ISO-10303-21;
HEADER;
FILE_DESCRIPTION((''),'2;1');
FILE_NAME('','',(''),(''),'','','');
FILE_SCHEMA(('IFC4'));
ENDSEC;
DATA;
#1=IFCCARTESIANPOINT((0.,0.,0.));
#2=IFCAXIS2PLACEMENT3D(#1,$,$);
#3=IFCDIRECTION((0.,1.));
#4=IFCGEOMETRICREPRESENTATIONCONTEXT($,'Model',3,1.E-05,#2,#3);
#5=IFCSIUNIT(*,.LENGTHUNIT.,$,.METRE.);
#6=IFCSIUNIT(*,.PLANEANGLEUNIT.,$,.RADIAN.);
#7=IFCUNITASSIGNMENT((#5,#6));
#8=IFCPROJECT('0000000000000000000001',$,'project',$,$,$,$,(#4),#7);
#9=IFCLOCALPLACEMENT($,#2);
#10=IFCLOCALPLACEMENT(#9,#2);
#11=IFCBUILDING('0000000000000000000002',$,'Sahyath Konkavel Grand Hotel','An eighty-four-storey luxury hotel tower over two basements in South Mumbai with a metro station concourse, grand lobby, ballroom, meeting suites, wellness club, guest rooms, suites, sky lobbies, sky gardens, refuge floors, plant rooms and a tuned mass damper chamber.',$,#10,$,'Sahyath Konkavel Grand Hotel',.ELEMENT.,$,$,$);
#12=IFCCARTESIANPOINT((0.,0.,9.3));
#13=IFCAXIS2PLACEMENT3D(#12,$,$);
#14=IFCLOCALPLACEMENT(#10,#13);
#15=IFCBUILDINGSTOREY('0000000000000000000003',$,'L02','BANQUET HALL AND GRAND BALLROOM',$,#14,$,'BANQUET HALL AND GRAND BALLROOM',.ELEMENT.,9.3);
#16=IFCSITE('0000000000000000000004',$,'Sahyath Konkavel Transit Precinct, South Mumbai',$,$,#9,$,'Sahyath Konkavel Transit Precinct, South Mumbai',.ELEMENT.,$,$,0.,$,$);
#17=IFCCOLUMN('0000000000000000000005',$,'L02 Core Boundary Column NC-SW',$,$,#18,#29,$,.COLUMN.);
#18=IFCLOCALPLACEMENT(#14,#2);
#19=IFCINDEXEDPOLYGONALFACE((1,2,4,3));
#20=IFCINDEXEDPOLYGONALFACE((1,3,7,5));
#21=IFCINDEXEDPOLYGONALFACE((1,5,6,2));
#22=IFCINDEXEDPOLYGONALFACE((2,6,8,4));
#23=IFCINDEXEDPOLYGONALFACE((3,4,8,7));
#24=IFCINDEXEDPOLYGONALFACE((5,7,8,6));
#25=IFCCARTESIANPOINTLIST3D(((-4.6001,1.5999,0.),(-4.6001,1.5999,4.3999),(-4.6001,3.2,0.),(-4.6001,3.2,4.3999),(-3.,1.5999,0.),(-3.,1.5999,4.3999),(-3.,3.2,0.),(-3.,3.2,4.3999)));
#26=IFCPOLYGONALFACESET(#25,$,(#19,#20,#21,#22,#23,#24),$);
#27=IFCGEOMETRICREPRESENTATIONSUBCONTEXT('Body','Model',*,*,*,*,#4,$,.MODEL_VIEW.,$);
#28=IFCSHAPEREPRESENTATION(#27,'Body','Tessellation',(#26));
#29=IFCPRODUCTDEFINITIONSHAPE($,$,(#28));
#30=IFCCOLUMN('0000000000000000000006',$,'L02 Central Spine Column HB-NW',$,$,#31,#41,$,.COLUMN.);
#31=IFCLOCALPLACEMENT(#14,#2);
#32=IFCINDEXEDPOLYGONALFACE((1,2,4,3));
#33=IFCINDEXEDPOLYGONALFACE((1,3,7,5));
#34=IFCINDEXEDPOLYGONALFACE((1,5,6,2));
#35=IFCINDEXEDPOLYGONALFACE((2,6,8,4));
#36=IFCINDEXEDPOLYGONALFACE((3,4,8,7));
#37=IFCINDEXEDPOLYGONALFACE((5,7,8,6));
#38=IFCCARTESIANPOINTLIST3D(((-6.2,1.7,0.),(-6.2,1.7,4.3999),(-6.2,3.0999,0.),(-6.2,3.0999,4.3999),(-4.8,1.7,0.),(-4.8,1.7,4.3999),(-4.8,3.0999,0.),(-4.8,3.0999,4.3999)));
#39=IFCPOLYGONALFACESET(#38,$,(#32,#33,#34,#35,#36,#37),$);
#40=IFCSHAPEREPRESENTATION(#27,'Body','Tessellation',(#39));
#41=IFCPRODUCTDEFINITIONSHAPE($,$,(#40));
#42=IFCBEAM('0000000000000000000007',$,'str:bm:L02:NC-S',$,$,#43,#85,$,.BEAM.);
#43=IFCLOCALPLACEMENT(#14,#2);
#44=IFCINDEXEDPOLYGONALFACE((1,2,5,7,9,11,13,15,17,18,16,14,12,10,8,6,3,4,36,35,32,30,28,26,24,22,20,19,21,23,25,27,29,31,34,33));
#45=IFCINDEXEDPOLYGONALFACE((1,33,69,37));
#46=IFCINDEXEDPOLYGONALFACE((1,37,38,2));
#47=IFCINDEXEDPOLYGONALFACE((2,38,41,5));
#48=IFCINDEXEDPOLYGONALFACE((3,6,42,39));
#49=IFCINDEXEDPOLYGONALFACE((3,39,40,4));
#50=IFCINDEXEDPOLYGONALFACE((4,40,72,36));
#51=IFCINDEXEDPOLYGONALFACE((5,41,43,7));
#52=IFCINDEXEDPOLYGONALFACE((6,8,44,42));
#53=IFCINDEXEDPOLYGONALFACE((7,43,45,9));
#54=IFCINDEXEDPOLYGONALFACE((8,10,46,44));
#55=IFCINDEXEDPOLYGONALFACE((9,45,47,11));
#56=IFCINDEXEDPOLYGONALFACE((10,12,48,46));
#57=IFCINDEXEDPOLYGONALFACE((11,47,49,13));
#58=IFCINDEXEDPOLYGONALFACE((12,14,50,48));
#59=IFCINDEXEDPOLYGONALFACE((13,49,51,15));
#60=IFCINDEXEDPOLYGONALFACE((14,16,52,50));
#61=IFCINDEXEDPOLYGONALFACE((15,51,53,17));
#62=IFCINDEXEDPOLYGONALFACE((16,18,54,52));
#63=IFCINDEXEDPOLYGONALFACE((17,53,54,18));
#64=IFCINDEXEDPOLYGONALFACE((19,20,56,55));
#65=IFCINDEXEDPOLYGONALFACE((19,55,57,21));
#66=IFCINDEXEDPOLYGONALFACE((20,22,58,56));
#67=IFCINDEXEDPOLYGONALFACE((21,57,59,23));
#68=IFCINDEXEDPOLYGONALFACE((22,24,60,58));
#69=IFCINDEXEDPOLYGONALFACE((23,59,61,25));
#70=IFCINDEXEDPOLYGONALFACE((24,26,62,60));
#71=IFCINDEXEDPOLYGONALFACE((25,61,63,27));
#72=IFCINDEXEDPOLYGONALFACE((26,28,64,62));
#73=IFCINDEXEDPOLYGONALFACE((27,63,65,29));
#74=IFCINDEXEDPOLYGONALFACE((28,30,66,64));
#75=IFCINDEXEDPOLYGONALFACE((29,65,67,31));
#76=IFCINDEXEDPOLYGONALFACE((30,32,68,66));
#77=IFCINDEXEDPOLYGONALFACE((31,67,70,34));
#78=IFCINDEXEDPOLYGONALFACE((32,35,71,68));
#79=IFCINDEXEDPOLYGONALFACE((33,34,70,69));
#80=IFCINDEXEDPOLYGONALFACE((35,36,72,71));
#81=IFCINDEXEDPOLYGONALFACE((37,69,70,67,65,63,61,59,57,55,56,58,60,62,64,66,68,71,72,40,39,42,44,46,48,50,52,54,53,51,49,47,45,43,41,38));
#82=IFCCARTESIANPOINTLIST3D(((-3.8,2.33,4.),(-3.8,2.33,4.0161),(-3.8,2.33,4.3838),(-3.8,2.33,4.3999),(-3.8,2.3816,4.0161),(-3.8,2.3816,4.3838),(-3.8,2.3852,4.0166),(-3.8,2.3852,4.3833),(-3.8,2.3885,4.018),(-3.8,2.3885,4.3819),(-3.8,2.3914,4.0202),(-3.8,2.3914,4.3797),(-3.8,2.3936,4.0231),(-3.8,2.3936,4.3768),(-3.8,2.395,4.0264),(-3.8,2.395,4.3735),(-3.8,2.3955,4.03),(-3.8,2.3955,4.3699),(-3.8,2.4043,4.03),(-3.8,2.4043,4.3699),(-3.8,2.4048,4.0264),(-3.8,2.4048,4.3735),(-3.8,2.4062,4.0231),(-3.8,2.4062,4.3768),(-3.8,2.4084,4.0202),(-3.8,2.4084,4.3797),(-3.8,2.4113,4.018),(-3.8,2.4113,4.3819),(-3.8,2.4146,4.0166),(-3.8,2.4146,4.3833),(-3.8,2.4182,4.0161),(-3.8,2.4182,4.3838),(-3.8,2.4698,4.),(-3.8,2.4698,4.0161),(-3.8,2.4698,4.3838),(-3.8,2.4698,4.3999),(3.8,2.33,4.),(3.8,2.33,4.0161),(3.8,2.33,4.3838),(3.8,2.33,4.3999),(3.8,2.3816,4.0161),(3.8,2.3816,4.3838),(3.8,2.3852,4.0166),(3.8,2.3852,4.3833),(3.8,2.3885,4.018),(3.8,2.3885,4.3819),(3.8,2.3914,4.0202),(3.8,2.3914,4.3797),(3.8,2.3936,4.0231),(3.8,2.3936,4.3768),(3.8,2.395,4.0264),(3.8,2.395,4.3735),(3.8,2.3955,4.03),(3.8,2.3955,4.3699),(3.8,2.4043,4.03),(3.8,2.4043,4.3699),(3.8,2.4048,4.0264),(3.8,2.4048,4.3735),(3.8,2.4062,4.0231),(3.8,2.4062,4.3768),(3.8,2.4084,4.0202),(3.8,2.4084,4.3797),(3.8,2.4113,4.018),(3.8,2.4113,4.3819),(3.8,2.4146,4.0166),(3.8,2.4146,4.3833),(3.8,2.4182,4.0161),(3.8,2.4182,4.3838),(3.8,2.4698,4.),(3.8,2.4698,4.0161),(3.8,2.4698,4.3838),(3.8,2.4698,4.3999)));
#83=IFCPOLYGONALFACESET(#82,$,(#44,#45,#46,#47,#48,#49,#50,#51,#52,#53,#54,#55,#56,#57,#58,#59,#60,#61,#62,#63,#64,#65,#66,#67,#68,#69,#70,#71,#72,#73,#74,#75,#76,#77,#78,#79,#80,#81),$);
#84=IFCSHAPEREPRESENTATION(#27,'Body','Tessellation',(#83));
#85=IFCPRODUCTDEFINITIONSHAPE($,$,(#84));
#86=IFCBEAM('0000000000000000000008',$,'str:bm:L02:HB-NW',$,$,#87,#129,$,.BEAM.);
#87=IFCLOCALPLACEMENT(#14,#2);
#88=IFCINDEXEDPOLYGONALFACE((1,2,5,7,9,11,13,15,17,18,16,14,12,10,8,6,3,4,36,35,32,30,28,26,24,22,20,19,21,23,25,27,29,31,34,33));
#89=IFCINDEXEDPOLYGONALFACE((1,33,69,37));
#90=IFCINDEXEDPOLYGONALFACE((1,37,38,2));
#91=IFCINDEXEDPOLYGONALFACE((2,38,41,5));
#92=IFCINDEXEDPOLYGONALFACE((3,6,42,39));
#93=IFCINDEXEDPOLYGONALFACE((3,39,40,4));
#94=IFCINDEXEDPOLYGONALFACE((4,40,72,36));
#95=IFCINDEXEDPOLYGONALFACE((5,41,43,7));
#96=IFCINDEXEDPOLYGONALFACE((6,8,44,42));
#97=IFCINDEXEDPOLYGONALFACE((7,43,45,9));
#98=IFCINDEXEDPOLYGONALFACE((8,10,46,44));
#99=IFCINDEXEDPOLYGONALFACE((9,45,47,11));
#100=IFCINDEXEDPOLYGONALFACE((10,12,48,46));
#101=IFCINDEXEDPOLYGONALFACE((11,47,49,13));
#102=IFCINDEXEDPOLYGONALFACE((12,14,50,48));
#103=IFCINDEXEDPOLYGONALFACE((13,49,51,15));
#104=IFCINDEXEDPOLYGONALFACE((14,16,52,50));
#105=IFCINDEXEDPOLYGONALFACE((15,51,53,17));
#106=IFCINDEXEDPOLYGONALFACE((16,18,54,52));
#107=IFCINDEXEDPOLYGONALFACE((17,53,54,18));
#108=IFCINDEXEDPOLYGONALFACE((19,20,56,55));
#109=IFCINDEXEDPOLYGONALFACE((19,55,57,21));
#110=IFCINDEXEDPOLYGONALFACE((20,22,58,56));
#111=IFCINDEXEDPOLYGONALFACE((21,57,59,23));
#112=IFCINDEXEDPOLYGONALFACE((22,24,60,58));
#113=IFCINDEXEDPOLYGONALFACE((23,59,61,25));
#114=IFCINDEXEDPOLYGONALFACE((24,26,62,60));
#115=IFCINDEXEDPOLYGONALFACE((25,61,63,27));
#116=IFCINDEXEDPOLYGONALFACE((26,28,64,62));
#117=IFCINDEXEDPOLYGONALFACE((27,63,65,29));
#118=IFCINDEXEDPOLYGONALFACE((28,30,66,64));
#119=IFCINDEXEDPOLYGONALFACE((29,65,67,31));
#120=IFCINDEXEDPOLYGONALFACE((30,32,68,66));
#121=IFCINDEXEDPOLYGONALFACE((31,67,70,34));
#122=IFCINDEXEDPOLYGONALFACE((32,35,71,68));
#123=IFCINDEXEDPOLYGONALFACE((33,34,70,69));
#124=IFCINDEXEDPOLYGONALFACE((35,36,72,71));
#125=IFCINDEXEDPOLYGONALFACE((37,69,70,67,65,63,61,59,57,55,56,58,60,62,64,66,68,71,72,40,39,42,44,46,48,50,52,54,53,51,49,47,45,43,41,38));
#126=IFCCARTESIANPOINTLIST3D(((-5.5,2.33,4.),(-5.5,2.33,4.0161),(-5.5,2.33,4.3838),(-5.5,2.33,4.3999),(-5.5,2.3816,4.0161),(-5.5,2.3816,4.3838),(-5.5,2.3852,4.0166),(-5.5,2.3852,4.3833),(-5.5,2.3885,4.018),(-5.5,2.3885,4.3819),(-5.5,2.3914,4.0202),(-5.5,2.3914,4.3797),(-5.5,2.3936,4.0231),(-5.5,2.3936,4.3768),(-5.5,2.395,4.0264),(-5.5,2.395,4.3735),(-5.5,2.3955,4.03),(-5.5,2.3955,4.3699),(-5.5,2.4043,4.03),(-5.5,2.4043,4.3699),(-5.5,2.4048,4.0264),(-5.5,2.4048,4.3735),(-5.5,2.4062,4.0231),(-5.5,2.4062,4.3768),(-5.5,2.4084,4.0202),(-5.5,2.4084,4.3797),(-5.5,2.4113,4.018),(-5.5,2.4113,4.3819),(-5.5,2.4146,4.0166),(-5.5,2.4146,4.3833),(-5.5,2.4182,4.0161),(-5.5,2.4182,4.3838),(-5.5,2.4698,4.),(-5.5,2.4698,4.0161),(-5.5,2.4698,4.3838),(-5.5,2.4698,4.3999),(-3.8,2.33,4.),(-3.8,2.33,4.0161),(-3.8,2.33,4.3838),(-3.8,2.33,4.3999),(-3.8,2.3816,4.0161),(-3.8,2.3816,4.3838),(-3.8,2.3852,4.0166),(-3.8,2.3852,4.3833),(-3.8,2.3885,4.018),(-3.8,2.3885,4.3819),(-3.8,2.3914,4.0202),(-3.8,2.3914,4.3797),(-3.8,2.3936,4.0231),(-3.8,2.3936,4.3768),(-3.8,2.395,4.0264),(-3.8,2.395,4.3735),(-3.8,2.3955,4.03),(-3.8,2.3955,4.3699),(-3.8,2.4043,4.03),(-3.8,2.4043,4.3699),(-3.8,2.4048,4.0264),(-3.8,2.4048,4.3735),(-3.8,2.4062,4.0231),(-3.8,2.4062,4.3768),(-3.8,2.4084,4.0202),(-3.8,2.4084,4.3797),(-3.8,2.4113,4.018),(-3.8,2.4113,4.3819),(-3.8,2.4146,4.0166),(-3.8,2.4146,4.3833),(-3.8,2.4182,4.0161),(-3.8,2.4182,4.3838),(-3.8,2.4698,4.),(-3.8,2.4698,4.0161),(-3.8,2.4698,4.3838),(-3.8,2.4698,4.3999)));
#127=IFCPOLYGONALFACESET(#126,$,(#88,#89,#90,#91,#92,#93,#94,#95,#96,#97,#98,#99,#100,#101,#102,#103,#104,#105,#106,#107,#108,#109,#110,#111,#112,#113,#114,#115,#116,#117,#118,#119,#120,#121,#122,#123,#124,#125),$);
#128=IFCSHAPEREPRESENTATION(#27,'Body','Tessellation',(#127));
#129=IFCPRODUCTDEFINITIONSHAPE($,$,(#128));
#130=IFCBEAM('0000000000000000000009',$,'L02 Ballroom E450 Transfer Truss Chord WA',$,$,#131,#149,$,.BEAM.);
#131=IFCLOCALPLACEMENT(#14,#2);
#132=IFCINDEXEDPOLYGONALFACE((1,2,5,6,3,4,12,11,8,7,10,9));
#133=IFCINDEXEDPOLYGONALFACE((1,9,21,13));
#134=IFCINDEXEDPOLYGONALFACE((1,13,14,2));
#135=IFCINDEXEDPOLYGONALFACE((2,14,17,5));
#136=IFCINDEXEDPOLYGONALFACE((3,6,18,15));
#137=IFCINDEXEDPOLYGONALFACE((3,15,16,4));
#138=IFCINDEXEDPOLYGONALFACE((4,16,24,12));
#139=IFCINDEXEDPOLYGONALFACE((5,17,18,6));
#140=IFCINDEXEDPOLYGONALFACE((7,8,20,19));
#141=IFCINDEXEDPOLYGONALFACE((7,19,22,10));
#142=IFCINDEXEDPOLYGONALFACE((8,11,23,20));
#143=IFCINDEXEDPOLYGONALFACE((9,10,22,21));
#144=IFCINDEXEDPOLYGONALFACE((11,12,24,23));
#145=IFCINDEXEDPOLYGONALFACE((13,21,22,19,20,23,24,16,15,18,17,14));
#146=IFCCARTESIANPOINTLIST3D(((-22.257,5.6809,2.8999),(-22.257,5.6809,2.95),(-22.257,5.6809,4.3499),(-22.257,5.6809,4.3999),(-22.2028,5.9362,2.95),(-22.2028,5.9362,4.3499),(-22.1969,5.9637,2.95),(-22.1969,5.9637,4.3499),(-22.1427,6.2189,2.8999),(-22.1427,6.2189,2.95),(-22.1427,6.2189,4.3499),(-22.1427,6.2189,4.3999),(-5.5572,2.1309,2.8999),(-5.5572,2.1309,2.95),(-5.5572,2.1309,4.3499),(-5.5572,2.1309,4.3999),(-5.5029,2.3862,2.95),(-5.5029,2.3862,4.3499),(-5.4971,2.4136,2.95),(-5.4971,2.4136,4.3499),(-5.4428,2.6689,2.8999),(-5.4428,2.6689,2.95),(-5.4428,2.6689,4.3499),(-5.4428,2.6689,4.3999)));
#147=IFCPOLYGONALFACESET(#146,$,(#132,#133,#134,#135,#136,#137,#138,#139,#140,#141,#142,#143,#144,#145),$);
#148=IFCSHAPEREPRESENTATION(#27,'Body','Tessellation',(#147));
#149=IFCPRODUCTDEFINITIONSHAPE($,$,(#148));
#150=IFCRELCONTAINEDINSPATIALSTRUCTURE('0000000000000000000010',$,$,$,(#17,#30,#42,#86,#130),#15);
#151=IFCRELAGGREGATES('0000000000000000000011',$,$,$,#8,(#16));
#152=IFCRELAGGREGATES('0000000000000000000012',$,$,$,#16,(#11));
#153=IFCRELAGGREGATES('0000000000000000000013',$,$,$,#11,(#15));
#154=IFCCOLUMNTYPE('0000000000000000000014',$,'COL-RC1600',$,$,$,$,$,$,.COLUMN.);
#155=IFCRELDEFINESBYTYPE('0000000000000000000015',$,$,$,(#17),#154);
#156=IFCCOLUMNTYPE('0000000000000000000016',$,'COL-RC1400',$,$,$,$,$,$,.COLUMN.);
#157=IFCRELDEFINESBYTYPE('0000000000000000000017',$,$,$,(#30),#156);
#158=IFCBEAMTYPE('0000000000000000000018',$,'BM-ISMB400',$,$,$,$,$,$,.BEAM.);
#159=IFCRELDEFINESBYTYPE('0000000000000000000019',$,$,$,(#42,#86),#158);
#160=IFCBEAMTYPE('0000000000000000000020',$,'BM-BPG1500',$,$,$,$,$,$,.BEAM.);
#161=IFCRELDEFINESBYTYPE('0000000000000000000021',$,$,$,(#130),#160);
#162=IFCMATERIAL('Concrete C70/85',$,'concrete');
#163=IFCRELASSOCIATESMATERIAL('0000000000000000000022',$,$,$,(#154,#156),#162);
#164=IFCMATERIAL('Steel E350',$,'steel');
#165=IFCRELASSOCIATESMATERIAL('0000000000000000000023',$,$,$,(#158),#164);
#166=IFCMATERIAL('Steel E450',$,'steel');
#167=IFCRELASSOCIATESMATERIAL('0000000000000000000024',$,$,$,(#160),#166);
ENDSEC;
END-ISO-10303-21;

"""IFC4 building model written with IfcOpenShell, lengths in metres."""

from ifc_helpers import new_model, si_unit, direction, frame, origin, origin_2d, place, context, subcontext, project, spatial, rectangle, i_section, extrude, source, transform, mapped, material, material_profile, profile_set, type_object, element, save


model = new_model("IFC4")

# Units and contexts
model_context = context("Model", 3, precision=1e-05, world=origin(), true_north=direction((0.0, 1.0)))
body_context = subcontext(model_context, "Body", "Model", "MODEL_VIEW")
ifc_project = project(units=[si_unit("LENGTHUNIT", "METRE"), si_unit("PLANEANGLEUNIT", "RADIAN")], contexts=[model_context])

# Site, building, storey
site_placement = place(None, origin())
site = spatial("IfcSite", under=ifc_project, at=site_placement, Name="Sahyath Konkavel Transit Precinct, South Mumbai", LongName="Sahyath Konkavel Transit Precinct, South Mumbai", CompositionType="ELEMENT", RefElevation=0.0)
building_placement = place(site_placement, origin())
building = spatial("IfcBuilding", under=site, at=building_placement, Name="Sahyath Konkavel Grand Hotel", Description="An eighty-four-storey luxury hotel tower over two basements in South Mumbai with a metro station concourse, grand lobby, ballroom, meeting suites, wellness club, guest rooms, suites, sky lobbies, sky gardens, refuge floors, plant rooms and a tuned mass damper chamber.", LongName="Sahyath Konkavel Grand Hotel", CompositionType="ELEMENT")
storey_placement = place(building_placement, frame((0.0, 0.0, 9.3)))
storey = spatial("IfcBuildingStorey", under=building, at=storey_placement, Name="L02", Description="BANQUET HALL AND GRAND BALLROOM", LongName="BANQUET HALL AND GRAND BALLROOM", CompositionType="ELEMENT", Elevation=9.3)

# Columns
ifc_material_1 = material(Name="Concrete C70/85", Category="concrete")
ifc_material_profile_1 = material_profile(ifc_material_1, rectangle(XDim=1.6001, YDim=1.6001, at=origin_2d()), Name="RC 1600x1600")
ifc_profile_set_1 = profile_set([ifc_material_profile_1], Name="Concrete C70/85")
column_type_1 = type_object("IfcColumnType", Name="COL-RC1600", PredefinedType="COLUMN", material=ifc_profile_set_1)
shared_shape_1 = source(origin(), body_context, "Body", "SweptSolid", [
    extrude(rectangle(XDim=1.6001, YDim=1.6001, at=origin_2d()), origin(), (0.0, 0.0, 1.0), 4.3999),
])
column_1_placement = place(storey_placement, frame((-3.8, 2.3999, 0.0), z_axis=(0.0, 0.0, 1.0), x_axis=(1.0, 0.0, 0.0)))
element("IfcColumn", 1, at=column_1_placement, inside=storey, type_object=column_type_1, Name="L02 Core Boundary Column NC-SW", PredefinedType="COLUMN", context=body_context, shape_type="MappedRepresentation", body=[
    mapped(shared_shape_1, transform((0.0, 0.0, 0.0), scale=1.0)),
])
ifc_material_profile_2 = material_profile(ifc_material_1, rectangle(XDim=1.3999, YDim=1.3999, at=origin_2d()), Name="RC 1400x1400")
ifc_profile_set_2 = profile_set([ifc_material_profile_2], Name="Concrete C70/85")
column_type_2 = type_object("IfcColumnType", Name="COL-RC1400", PredefinedType="COLUMN", material=ifc_profile_set_2)
shared_shape_2 = source(origin(), body_context, "Body", "SweptSolid", [
    extrude(rectangle(XDim=1.3999, YDim=1.3999, at=origin_2d()), origin(), (0.0, 0.0, 1.0), 4.3999),
])
column_2_placement = place(storey_placement, frame((-5.5, 2.3999, 0.0), z_axis=(0.0, 0.0, 1.0), x_axis=(1.0, 0.0, 0.0)))
element("IfcColumn", 2, at=column_2_placement, inside=storey, type_object=column_type_2, Name="L02 Central Spine Column HB-NW", PredefinedType="COLUMN", context=body_context, shape_type="MappedRepresentation", body=[
    mapped(shared_shape_2, transform((0.0, 0.0, 0.0), scale=1.0)),
])

# Beams
ifc_material_2 = material(Name="Steel E350", Category="steel")
ifc_material_profile_3 = material_profile(ifc_material_2, i_section(OverallWidth=0.1399, OverallDepth=0.3999, WebThickness=0.0088, FlangeThickness=0.0161, FilletRadius=0.0139, at=origin_2d()), Name="ISMB 400")
ifc_profile_set_3 = profile_set([ifc_material_profile_3], Name="Steel E350")
beam_type_1 = type_object("IfcBeamType", Name="BM-ISMB400", PredefinedType="BEAM", material=ifc_profile_set_3)
shared_shape_3 = source(origin(), body_context, "Body", "SweptSolid", [
    extrude(i_section(OverallWidth=0.1399, OverallDepth=0.3999, WebThickness=0.0088, FlangeThickness=0.0161, FilletRadius=0.0139, at=origin_2d()), origin(), (0.0, 0.0, 1.0), 7.6001),
])
beam_1_placement = place(storey_placement, frame((-3.8, 2.3999, 4.2), z_axis=(1.0, 0.0, 0.0), x_axis=(0.0, 1.0, 0.0)))
element("IfcBeam", 3, at=beam_1_placement, inside=storey, type_object=beam_type_1, Name="str:bm:L02:NC-S", PredefinedType="BEAM", context=body_context, shape_type="MappedRepresentation", body=[
    mapped(shared_shape_3, transform((0.0, 0.0, 0.0), scale=1.0)),
])
shared_shape_4 = source(origin(), body_context, "Body", "SweptSolid", [
    extrude(i_section(OverallWidth=0.1399, OverallDepth=0.3999, WebThickness=0.0088, FlangeThickness=0.0161, FilletRadius=0.0139, at=origin_2d()), origin(), (0.0, 0.0, 1.0), 1.7),
])
beam_2_placement = place(storey_placement, frame((-5.5, 2.3999, 4.2), z_axis=(1.0, 0.0, 0.0), x_axis=(0.0, 1.0, 0.0)))
element("IfcBeam", 4, at=beam_2_placement, inside=storey, type_object=beam_type_1, Name="str:bm:L02:HB-NW", PredefinedType="BEAM", context=body_context, shape_type="MappedRepresentation", body=[
    mapped(shared_shape_4, transform((0.0, 0.0, 0.0), scale=1.0)),
])
ifc_material_3 = material(Name="Steel E450", Category="steel")
ifc_material_profile_4 = material_profile(ifc_material_3, i_section(OverallWidth=0.55, OverallDepth=1.5, WebThickness=0.0281, FlangeThickness=0.05, at=origin_2d()), Name="BPG 1500x550")
ifc_profile_set_4 = profile_set([ifc_material_profile_4], Name="Steel E450")
beam_type_2 = type_object("IfcBeamType", Name="BM-BPG1500", PredefinedType="BEAM", material=ifc_profile_set_4)
shared_shape_5 = source(origin(), body_context, "Body", "SweptSolid", [
    extrude(i_section(OverallWidth=0.55, OverallDepth=1.5, WebThickness=0.0281, FlangeThickness=0.05, at=origin_2d()), origin(), (0.0, 0.0, 1.0), 17.073),
])
beam_3_placement = place(storey_placement, frame((-5.5, 2.3999, 3.6499), z_axis=(-0.978143, 0.207932, 0.0), x_axis=(-0.207932, -0.978143, 0.0)))
element("IfcBeam", 5, at=beam_3_placement, inside=storey, type_object=beam_type_2, Name="L02 Ballroom E450 Transfer Truss Chord WA", PredefinedType="BEAM", context=body_context, shape_type="MappedRepresentation", body=[
    mapped(shared_shape_5, transform((0.0, 0.0, 0.0), scale=1.0)),
])

save(model, "model.ifc")
